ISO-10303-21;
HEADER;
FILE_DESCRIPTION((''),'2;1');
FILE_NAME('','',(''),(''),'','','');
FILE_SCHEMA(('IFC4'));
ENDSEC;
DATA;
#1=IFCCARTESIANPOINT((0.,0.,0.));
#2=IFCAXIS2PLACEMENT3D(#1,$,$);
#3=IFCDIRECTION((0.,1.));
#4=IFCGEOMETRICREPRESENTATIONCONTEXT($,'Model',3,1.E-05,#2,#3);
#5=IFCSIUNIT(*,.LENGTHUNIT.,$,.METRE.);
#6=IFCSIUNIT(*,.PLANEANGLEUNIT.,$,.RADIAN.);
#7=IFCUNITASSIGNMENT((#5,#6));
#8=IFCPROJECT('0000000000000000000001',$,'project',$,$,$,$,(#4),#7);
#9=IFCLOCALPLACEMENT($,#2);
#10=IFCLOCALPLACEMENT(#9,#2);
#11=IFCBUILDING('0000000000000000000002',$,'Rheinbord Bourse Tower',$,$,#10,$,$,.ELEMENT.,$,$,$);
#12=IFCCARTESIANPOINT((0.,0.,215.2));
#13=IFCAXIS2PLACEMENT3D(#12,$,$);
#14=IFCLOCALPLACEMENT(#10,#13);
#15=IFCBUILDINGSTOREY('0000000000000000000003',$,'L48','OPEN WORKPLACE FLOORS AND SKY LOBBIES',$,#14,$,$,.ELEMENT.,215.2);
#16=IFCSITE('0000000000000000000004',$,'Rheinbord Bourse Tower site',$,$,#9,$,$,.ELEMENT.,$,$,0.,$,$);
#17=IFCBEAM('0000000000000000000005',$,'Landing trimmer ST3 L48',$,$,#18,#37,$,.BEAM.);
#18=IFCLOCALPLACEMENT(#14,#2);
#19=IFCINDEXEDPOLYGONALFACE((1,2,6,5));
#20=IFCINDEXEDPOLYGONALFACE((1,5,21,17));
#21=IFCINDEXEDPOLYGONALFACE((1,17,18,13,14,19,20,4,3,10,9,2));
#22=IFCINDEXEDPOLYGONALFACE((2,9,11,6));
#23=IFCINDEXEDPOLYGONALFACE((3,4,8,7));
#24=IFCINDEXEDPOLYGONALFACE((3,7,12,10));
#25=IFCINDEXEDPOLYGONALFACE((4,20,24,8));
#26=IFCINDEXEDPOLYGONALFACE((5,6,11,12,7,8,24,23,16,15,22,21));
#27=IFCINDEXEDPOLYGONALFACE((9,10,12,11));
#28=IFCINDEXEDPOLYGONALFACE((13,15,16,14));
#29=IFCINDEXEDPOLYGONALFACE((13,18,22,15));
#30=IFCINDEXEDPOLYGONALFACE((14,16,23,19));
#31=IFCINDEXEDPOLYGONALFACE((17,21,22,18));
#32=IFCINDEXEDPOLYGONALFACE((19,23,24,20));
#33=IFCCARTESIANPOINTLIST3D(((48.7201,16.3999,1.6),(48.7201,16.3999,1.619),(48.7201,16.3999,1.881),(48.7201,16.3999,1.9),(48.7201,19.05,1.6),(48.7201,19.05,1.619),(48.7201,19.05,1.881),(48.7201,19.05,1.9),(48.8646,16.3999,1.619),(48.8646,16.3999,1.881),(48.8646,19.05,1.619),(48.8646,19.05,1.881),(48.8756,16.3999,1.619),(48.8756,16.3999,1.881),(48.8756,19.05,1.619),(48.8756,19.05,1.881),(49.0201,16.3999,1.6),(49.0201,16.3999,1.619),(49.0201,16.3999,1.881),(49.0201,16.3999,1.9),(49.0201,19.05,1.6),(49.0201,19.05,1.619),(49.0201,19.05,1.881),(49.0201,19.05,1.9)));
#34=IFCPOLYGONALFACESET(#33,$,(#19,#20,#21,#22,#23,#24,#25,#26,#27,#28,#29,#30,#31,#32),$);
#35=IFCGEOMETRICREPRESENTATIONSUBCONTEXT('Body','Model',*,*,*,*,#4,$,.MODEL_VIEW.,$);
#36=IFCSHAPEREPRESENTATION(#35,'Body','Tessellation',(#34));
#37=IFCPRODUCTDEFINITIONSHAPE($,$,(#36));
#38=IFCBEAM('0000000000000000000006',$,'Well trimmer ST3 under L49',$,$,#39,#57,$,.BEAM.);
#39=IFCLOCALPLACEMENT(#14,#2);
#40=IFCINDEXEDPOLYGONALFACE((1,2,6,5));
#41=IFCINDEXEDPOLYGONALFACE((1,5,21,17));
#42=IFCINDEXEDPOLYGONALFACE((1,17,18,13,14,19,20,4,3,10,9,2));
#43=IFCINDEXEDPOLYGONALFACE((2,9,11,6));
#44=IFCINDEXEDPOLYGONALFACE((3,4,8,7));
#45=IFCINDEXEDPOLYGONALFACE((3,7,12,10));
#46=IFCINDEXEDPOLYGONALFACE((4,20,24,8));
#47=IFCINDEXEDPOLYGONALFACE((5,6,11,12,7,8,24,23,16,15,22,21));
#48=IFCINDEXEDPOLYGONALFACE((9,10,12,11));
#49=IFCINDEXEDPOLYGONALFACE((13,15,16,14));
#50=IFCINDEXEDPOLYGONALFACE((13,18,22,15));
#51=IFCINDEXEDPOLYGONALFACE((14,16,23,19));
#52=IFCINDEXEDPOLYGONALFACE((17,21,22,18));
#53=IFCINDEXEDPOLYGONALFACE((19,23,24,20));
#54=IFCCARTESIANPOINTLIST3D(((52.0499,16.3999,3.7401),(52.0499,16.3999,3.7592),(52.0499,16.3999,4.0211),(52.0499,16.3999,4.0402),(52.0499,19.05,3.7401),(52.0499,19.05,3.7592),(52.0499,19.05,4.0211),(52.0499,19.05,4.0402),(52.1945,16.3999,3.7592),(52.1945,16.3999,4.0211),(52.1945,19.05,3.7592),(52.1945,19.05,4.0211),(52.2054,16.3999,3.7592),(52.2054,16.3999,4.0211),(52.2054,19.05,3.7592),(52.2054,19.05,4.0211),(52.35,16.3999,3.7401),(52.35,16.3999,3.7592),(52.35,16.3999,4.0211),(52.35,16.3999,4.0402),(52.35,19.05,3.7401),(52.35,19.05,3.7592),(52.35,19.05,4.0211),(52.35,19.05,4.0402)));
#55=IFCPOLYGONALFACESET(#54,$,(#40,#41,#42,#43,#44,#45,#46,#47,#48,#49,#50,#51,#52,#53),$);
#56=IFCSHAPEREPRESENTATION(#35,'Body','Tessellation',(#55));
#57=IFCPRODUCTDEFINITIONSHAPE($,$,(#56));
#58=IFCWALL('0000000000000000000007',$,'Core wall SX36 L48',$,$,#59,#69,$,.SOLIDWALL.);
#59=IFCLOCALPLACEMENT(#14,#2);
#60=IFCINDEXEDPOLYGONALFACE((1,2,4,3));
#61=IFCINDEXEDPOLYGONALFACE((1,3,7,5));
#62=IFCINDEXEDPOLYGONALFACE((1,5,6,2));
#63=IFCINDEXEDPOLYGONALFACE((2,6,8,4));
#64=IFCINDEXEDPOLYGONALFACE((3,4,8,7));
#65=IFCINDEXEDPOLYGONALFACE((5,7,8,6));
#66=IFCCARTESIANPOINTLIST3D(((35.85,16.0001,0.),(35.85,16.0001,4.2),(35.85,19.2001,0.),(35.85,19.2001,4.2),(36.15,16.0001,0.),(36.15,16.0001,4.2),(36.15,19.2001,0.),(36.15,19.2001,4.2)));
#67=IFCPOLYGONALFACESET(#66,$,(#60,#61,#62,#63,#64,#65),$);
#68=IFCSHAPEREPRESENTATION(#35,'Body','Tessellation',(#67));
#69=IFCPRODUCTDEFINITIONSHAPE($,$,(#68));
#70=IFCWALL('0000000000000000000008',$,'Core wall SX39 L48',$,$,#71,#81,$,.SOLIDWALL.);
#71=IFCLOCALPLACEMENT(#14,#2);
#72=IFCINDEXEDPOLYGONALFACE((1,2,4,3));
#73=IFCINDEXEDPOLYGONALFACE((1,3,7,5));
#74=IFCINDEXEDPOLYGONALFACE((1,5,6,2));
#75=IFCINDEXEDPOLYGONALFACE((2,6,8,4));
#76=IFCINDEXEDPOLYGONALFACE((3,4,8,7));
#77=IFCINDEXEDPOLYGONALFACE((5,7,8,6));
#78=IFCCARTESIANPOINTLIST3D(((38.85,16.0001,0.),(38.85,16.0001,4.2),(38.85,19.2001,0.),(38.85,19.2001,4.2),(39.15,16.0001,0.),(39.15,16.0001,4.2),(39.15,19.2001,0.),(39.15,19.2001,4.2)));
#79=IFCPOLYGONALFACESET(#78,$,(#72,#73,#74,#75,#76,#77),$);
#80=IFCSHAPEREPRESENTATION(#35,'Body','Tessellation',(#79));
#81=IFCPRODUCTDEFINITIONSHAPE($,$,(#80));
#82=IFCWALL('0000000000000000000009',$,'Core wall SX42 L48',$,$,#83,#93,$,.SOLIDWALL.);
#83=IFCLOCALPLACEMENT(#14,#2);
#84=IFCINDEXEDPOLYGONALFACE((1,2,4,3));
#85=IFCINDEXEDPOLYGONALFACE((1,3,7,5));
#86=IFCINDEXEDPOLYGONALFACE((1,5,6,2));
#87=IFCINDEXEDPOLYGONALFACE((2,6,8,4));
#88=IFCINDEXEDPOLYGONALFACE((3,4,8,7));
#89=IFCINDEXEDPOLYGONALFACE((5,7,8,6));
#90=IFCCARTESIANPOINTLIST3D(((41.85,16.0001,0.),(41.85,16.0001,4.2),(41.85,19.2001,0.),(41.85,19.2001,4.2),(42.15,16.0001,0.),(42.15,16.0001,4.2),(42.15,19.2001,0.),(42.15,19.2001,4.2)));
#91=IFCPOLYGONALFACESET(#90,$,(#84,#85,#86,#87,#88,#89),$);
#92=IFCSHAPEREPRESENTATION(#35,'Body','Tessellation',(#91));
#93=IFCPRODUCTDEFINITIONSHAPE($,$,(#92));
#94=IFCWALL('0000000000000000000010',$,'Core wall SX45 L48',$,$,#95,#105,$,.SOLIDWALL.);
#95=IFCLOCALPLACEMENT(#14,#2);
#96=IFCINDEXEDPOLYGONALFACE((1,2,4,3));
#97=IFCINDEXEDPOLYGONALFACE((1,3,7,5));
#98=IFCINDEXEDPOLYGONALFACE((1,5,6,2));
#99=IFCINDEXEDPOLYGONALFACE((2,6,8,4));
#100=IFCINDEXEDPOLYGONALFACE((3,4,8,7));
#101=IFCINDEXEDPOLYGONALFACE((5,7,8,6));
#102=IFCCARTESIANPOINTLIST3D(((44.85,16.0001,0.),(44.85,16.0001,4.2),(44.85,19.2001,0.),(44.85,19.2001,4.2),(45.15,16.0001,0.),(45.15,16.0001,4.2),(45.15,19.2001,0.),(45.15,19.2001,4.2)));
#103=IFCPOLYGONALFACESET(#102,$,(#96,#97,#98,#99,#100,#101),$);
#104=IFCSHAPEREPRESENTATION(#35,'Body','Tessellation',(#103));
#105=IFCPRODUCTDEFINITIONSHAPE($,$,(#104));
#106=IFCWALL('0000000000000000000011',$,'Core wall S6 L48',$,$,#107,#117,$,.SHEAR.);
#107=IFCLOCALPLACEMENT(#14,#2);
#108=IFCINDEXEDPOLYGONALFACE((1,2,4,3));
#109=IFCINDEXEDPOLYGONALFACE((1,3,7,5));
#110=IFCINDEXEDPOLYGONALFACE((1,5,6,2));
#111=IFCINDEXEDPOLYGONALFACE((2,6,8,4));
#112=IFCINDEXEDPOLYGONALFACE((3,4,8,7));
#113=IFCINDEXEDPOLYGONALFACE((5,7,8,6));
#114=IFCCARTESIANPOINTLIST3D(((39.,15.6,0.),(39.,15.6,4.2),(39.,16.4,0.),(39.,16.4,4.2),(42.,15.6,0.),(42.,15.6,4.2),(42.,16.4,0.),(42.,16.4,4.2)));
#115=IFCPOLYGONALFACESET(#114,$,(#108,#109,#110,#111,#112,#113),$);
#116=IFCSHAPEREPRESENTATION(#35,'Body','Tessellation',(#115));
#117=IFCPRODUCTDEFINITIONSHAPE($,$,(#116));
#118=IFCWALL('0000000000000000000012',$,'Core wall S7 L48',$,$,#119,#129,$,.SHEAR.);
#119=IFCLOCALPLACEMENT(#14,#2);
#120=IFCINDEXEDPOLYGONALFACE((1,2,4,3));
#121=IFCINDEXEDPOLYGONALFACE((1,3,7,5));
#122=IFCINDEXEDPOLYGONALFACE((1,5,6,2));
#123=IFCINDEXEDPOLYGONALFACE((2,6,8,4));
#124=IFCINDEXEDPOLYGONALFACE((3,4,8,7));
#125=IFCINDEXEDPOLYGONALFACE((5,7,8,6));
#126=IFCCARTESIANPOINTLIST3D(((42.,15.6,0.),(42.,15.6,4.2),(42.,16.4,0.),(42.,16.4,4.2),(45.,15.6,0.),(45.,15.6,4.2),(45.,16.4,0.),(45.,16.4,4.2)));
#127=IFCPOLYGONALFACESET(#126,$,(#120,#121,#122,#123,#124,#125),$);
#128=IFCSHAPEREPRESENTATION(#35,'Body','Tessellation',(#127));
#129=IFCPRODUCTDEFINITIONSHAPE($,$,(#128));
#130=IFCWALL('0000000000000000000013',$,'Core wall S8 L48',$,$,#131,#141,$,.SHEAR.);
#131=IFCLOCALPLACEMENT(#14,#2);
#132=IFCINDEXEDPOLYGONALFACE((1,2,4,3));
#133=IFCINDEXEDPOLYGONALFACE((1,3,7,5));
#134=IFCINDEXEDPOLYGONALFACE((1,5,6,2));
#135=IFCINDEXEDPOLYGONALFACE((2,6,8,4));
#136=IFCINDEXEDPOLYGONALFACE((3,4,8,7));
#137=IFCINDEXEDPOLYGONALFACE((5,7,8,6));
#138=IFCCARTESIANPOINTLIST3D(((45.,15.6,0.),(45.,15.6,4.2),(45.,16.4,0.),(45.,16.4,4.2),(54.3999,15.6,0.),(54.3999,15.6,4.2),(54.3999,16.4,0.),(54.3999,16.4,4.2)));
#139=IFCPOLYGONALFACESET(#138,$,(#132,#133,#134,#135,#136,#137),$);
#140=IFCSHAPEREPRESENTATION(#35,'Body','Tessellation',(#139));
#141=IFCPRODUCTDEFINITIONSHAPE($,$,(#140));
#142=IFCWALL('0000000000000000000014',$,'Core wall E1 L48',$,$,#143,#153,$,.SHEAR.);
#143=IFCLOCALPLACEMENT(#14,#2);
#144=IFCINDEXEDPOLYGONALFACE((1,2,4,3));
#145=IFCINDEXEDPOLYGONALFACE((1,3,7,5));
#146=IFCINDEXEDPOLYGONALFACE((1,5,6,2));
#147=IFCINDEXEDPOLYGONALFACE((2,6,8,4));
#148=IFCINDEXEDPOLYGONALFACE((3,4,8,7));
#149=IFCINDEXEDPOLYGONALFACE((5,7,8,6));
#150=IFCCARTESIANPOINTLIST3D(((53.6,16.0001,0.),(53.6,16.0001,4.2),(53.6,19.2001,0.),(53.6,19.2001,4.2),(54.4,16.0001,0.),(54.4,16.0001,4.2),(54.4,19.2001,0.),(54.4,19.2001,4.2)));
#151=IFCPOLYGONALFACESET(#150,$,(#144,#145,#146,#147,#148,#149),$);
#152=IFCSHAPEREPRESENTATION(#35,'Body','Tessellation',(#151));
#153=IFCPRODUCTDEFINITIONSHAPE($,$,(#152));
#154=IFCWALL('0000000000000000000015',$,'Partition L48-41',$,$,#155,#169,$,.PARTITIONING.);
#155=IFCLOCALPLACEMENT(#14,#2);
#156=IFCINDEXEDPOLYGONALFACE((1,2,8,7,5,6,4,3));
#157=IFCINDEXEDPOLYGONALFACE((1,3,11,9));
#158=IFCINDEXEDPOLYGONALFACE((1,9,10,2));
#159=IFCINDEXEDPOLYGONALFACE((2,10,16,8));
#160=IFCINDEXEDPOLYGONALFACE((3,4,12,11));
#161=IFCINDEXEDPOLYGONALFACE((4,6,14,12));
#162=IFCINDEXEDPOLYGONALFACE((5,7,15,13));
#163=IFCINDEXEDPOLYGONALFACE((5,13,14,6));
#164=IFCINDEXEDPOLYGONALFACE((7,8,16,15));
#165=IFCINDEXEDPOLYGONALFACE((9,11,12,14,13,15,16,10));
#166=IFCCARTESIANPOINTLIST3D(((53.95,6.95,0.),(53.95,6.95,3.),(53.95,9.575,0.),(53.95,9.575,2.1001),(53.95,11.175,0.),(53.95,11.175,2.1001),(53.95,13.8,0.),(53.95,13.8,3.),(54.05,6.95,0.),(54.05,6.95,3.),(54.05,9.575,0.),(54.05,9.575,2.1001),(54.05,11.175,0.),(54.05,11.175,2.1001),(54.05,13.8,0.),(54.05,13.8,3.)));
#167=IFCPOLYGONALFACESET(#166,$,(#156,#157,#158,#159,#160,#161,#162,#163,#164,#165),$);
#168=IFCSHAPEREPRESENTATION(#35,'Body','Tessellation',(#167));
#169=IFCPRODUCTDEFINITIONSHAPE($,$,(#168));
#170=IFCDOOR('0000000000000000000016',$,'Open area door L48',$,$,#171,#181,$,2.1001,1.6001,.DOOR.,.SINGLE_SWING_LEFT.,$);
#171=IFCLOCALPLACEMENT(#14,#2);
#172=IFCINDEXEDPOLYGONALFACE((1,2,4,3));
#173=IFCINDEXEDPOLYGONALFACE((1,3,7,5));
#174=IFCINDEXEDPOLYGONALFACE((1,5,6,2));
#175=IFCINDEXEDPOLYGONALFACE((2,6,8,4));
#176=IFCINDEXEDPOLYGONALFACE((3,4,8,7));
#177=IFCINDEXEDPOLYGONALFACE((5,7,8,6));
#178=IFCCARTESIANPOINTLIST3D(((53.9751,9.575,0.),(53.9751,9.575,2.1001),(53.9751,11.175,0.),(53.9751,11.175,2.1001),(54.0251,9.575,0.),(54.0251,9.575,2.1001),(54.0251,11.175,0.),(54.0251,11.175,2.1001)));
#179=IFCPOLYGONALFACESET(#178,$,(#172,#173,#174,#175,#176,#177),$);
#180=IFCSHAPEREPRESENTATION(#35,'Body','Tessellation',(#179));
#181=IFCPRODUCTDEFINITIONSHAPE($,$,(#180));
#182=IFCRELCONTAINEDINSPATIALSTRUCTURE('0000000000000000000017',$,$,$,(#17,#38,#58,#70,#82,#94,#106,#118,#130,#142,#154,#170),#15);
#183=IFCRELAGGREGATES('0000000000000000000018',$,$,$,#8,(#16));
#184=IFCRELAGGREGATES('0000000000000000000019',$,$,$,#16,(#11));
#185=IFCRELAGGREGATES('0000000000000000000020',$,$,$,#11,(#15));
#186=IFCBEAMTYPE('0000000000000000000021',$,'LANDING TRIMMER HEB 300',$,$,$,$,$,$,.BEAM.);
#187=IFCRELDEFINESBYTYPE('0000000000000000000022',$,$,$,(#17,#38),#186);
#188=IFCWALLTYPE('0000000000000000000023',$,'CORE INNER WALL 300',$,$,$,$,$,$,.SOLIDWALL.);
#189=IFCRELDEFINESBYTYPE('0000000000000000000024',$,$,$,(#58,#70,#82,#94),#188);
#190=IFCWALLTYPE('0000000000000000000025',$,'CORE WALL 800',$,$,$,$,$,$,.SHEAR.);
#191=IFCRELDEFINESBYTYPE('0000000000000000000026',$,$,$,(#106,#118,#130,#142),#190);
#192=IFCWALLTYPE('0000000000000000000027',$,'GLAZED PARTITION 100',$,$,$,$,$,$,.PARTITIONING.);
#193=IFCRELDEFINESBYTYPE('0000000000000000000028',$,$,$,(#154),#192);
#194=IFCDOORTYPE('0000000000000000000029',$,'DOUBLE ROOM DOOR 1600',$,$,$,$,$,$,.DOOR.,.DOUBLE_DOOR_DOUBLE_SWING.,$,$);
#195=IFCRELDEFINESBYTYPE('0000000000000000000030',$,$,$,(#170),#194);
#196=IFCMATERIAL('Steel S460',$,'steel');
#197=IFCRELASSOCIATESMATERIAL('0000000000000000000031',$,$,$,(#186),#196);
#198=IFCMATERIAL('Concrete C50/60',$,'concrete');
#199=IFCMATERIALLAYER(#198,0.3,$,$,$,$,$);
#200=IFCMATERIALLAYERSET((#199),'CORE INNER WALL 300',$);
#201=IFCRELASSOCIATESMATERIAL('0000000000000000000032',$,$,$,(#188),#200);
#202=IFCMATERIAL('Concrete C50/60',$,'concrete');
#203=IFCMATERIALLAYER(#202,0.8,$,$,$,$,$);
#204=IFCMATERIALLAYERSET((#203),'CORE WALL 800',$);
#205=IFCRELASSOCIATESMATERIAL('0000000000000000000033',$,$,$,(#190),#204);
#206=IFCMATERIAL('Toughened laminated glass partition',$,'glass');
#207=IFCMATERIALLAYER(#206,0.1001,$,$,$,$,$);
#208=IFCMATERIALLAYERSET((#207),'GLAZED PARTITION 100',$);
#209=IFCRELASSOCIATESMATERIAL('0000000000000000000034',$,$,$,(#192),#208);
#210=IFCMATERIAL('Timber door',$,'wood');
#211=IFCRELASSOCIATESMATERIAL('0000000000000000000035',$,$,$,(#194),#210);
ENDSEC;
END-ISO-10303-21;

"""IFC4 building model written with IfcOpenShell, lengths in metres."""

from ifc_helpers import new_model, si_unit, direction, frame, frame_2d, origin, origin_2d, place, context, subcontext, project, spatial, rectangle, i_section, extrude, material, layer, layer_set, material_profile, profile_set, type_object, element, fill, save


model = new_model("IFC4")

# Units and contexts
model_context = context("Model", 3, precision=1e-05, world=origin(), true_north=direction((0.0, 1.0)))
body_context = subcontext(model_context, "Body", "Model", "MODEL_VIEW")
ifc_project = project(units=[si_unit("LENGTHUNIT", "METRE"), si_unit("PLANEANGLEUNIT", "RADIAN")], contexts=[model_context])

# Site, building, storey
site_placement = place(None, origin())
site = spatial("IfcSite", under=ifc_project, at=site_placement, Name="Rheinbord Bourse Tower site", CompositionType="ELEMENT", RefElevation=0.0)
building_placement = place(site_placement, origin())
building = spatial("IfcBuilding", under=site, at=building_placement, Name="Rheinbord Bourse Tower", CompositionType="ELEMENT")
storey_placement = place(building_placement, frame((0.0, 0.0, 215.2)))
storey = spatial("IfcBuildingStorey", under=building, at=storey_placement, Name="L48", Description="OPEN WORKPLACE FLOORS AND SKY LOBBIES", CompositionType="ELEMENT", Elevation=215.2)

# Beams
ifc_material_1 = material(Name="Steel S460", Category="steel")
ifc_material_profile = material_profile(ifc_material_1, i_section(OverallWidth=0.3, OverallDepth=0.3, WebThickness=0.011, FlangeThickness=0.019, at=origin_2d()), Name="HEB 300")
ifc_profile_set = profile_set([ifc_material_profile], Name="Steel S460")
beam_type = type_object("IfcBeamType", Name="LANDING TRIMMER HEB 300", PredefinedType="BEAM", material=ifc_profile_set)
for number, where, z_axis, x_axis, name in (
    (1, (48.8701, 16.3999, 1.75), (0.0, 1.0, 0.0), (-1.0, 0.0, 0.0), "Landing trimmer ST3 L48"),
    (2, (52.2, 16.3999, 3.8901), (0.0, 1.0, 0.0), (-1.0, 0.0, 0.0), "Well trimmer ST3 under L49"),
):
    element("IfcBeam", number, at=place(storey_placement, frame(where, z_axis=z_axis, x_axis=x_axis)), inside=storey, type_object=beam_type, Name=name, PredefinedType="BEAM", context=body_context, shape_type="SweptSolid", body=[
        extrude(i_section(OverallWidth=0.3, OverallDepth=0.3, WebThickness=0.011, FlangeThickness=0.019, at=origin_2d()), origin(), (0.0, 0.0, 1.0), 2.6501),
    ])

# Walls
ifc_material_2 = material(Name="Concrete C50/60", Category="concrete")
ifc_layer_1 = layer(ifc_material_2, 0.3)
ifc_layer_set_1 = layer_set([ifc_layer_1], Name="CORE INNER WALL 300")
wall_type_1 = type_object("IfcWallType", Name="CORE INNER WALL 300", PredefinedType="SOLIDWALL", material=ifc_layer_set_1)
for number, where, z_axis, x_axis, name in (
    (3, (36.0, 16.0, 0.0), (0.0, 0.0, 1.0), (0.0, 1.0, 0.0), "Core wall SX36 L48"),
    (4, (39.0, 16.0, 0.0), (0.0, 0.0, 1.0), (0.0, 1.0, 0.0), "Core wall SX39 L48"),
    (5, (42.0, 16.0, 0.0), (0.0, 0.0, 1.0), (0.0, 1.0, 0.0), "Core wall SX42 L48"),
    (6, (45.0, 16.0, 0.0), (0.0, 0.0, 1.0), (0.0, 1.0, 0.0), "Core wall SX45 L48"),
):
    element("IfcWall", number, at=place(storey_placement, frame(where, z_axis=z_axis, x_axis=x_axis)), inside=storey, type_object=wall_type_1, Name=name, PredefinedType="SOLIDWALL", context=body_context, shape_type="SweptSolid", body=[
        extrude(rectangle(XDim=3.2, YDim=0.3, at=frame_2d((1.6001, 0.0))), origin(), (0.0, 0.0, 1.0), 4.2),
    ])
ifc_material_3 = material(Name="Concrete C50/60", Category="concrete")
ifc_layer_2 = layer(ifc_material_3, 0.8)
ifc_layer_set_2 = layer_set([ifc_layer_2], Name="CORE WALL 800")
wall_type_2 = type_object("IfcWallType", Name="CORE WALL 800", PredefinedType="SHEAR", material=ifc_layer_set_2)
for number, where, z_axis, x_axis, name in (
    (7, (39.0, 16.0, 0.0), (0.0, 0.0, 1.0), (1.0, 0.0, 0.0), "Core wall S6 L48"),
    (8, (42.0, 16.0, 0.0), (0.0, 0.0, 1.0), (1.0, 0.0, 0.0), "Core wall S7 L48"),
):
    element("IfcWall", number, at=place(storey_placement, frame(where, z_axis=z_axis, x_axis=x_axis)), inside=storey, type_object=wall_type_2, Name=name, PredefinedType="SHEAR", context=body_context, shape_type="SweptSolid", body=[
        extrude(rectangle(XDim=3.0, YDim=0.8, at=frame_2d((1.5, 0.0))), origin(), (0.0, 0.0, 1.0), 4.2),
    ])
wall_1_placement = place(storey_placement, frame((45.0, 16.0, 0.0), z_axis=(0.0, 0.0, 1.0), x_axis=(1.0, 0.0, 0.0)))
element("IfcWall", 9, at=wall_1_placement, inside=storey, type_object=wall_type_2, Name="Core wall S8 L48", PredefinedType="SHEAR", context=body_context, shape_type="SweptSolid", body=[
    extrude(rectangle(XDim=9.3999, YDim=0.8, at=frame_2d((4.7, 0.0))), origin(), (0.0, 0.0, 1.0), 4.2),
])
wall_2_placement = place(storey_placement, frame((54.0, 16.0, 0.0), z_axis=(0.0, 0.0, 1.0), x_axis=(0.0, 1.0, 0.0)))
element("IfcWall", 10, at=wall_2_placement, inside=storey, type_object=wall_type_2, Name="Core wall E1 L48", PredefinedType="SHEAR", context=body_context, shape_type="SweptSolid", body=[
    extrude(rectangle(XDim=3.2, YDim=0.8, at=frame_2d((1.6001, 0.0))), origin(), (0.0, 0.0, 1.0), 4.2),
])

# Wall, opening, door
ifc_material_4 = material(Name="Toughened laminated glass partition", Category="glass")
ifc_layer_3 = layer(ifc_material_4, 0.1001)
ifc_layer_set_3 = layer_set([ifc_layer_3], Name="GLAZED PARTITION 100")
wall_type_3 = type_object("IfcWallType", Name="GLAZED PARTITION 100", PredefinedType="PARTITIONING", material=ifc_layer_set_3)
wall_3_placement = place(storey_placement, frame((54.0, 6.95, 0.0), z_axis=(0.0, 0.0, 1.0), x_axis=(0.0, 1.0, 0.0)))
wall_3 = element("IfcWall", 11, at=wall_3_placement, inside=storey, type_object=wall_type_3, Name="Partition L48-41", PredefinedType="PARTITIONING", context=body_context, shape_type="SweptSolid", body=[
    extrude(rectangle(XDim=6.8501, YDim=0.1001, at=frame_2d((3.425, 0.0))), origin(), (0.0, 0.0, 1.0), 3.0),
])
opening_1_placement = place(wall_3_placement, frame((2.625, 0.0, 0.0)))
opening_1 = element("IfcOpeningElement", 12, at=opening_1_placement, cuts=wall_3, PredefinedType="OPENING", context=body_context, shape_type="SweptSolid", body=[
    extrude(rectangle(XDim=1.6001, YDim=2.1001, at=frame_2d((0.8, 1.05))), frame((0.0, 0.0601, 0.0), z_axis=(0.0, -1.0, 0.0), x_axis=(1.0, 0.0, 0.0)), (0.0, 0.0, 1.0), 0.1201),
])
ifc_material_5 = material(Name="Timber door", Category="wood")
door_type_1 = type_object("IfcDoorType", Name="DOUBLE ROOM DOOR 1600", OperationType="DOUBLE_DOOR_DOUBLE_SWING", PredefinedType="DOOR", material=ifc_material_5)
door_1_placement = place(opening_1_placement, origin())
door_1 = element("IfcDoor", 13, at=door_1_placement, inside=storey, type_object=door_type_1, Name="Open area door L48", OperationType="SINGLE_SWING_LEFT", OverallHeight=2.1001, OverallWidth=1.6001, PredefinedType="DOOR", context=body_context, shape_type="SweptSolid", body=[
    extrude(rectangle(XDim=1.6001, YDim=2.1001, at=frame_2d((0.8, 1.05))), frame((0.0, 0.0249, 0.0), z_axis=(0.0, -1.0, 0.0), x_axis=(1.0, 0.0, 0.0)), (0.0, 0.0, 1.0), 0.05),
])
fill(opening_1, door_1)

save(model, "model.ifc")
